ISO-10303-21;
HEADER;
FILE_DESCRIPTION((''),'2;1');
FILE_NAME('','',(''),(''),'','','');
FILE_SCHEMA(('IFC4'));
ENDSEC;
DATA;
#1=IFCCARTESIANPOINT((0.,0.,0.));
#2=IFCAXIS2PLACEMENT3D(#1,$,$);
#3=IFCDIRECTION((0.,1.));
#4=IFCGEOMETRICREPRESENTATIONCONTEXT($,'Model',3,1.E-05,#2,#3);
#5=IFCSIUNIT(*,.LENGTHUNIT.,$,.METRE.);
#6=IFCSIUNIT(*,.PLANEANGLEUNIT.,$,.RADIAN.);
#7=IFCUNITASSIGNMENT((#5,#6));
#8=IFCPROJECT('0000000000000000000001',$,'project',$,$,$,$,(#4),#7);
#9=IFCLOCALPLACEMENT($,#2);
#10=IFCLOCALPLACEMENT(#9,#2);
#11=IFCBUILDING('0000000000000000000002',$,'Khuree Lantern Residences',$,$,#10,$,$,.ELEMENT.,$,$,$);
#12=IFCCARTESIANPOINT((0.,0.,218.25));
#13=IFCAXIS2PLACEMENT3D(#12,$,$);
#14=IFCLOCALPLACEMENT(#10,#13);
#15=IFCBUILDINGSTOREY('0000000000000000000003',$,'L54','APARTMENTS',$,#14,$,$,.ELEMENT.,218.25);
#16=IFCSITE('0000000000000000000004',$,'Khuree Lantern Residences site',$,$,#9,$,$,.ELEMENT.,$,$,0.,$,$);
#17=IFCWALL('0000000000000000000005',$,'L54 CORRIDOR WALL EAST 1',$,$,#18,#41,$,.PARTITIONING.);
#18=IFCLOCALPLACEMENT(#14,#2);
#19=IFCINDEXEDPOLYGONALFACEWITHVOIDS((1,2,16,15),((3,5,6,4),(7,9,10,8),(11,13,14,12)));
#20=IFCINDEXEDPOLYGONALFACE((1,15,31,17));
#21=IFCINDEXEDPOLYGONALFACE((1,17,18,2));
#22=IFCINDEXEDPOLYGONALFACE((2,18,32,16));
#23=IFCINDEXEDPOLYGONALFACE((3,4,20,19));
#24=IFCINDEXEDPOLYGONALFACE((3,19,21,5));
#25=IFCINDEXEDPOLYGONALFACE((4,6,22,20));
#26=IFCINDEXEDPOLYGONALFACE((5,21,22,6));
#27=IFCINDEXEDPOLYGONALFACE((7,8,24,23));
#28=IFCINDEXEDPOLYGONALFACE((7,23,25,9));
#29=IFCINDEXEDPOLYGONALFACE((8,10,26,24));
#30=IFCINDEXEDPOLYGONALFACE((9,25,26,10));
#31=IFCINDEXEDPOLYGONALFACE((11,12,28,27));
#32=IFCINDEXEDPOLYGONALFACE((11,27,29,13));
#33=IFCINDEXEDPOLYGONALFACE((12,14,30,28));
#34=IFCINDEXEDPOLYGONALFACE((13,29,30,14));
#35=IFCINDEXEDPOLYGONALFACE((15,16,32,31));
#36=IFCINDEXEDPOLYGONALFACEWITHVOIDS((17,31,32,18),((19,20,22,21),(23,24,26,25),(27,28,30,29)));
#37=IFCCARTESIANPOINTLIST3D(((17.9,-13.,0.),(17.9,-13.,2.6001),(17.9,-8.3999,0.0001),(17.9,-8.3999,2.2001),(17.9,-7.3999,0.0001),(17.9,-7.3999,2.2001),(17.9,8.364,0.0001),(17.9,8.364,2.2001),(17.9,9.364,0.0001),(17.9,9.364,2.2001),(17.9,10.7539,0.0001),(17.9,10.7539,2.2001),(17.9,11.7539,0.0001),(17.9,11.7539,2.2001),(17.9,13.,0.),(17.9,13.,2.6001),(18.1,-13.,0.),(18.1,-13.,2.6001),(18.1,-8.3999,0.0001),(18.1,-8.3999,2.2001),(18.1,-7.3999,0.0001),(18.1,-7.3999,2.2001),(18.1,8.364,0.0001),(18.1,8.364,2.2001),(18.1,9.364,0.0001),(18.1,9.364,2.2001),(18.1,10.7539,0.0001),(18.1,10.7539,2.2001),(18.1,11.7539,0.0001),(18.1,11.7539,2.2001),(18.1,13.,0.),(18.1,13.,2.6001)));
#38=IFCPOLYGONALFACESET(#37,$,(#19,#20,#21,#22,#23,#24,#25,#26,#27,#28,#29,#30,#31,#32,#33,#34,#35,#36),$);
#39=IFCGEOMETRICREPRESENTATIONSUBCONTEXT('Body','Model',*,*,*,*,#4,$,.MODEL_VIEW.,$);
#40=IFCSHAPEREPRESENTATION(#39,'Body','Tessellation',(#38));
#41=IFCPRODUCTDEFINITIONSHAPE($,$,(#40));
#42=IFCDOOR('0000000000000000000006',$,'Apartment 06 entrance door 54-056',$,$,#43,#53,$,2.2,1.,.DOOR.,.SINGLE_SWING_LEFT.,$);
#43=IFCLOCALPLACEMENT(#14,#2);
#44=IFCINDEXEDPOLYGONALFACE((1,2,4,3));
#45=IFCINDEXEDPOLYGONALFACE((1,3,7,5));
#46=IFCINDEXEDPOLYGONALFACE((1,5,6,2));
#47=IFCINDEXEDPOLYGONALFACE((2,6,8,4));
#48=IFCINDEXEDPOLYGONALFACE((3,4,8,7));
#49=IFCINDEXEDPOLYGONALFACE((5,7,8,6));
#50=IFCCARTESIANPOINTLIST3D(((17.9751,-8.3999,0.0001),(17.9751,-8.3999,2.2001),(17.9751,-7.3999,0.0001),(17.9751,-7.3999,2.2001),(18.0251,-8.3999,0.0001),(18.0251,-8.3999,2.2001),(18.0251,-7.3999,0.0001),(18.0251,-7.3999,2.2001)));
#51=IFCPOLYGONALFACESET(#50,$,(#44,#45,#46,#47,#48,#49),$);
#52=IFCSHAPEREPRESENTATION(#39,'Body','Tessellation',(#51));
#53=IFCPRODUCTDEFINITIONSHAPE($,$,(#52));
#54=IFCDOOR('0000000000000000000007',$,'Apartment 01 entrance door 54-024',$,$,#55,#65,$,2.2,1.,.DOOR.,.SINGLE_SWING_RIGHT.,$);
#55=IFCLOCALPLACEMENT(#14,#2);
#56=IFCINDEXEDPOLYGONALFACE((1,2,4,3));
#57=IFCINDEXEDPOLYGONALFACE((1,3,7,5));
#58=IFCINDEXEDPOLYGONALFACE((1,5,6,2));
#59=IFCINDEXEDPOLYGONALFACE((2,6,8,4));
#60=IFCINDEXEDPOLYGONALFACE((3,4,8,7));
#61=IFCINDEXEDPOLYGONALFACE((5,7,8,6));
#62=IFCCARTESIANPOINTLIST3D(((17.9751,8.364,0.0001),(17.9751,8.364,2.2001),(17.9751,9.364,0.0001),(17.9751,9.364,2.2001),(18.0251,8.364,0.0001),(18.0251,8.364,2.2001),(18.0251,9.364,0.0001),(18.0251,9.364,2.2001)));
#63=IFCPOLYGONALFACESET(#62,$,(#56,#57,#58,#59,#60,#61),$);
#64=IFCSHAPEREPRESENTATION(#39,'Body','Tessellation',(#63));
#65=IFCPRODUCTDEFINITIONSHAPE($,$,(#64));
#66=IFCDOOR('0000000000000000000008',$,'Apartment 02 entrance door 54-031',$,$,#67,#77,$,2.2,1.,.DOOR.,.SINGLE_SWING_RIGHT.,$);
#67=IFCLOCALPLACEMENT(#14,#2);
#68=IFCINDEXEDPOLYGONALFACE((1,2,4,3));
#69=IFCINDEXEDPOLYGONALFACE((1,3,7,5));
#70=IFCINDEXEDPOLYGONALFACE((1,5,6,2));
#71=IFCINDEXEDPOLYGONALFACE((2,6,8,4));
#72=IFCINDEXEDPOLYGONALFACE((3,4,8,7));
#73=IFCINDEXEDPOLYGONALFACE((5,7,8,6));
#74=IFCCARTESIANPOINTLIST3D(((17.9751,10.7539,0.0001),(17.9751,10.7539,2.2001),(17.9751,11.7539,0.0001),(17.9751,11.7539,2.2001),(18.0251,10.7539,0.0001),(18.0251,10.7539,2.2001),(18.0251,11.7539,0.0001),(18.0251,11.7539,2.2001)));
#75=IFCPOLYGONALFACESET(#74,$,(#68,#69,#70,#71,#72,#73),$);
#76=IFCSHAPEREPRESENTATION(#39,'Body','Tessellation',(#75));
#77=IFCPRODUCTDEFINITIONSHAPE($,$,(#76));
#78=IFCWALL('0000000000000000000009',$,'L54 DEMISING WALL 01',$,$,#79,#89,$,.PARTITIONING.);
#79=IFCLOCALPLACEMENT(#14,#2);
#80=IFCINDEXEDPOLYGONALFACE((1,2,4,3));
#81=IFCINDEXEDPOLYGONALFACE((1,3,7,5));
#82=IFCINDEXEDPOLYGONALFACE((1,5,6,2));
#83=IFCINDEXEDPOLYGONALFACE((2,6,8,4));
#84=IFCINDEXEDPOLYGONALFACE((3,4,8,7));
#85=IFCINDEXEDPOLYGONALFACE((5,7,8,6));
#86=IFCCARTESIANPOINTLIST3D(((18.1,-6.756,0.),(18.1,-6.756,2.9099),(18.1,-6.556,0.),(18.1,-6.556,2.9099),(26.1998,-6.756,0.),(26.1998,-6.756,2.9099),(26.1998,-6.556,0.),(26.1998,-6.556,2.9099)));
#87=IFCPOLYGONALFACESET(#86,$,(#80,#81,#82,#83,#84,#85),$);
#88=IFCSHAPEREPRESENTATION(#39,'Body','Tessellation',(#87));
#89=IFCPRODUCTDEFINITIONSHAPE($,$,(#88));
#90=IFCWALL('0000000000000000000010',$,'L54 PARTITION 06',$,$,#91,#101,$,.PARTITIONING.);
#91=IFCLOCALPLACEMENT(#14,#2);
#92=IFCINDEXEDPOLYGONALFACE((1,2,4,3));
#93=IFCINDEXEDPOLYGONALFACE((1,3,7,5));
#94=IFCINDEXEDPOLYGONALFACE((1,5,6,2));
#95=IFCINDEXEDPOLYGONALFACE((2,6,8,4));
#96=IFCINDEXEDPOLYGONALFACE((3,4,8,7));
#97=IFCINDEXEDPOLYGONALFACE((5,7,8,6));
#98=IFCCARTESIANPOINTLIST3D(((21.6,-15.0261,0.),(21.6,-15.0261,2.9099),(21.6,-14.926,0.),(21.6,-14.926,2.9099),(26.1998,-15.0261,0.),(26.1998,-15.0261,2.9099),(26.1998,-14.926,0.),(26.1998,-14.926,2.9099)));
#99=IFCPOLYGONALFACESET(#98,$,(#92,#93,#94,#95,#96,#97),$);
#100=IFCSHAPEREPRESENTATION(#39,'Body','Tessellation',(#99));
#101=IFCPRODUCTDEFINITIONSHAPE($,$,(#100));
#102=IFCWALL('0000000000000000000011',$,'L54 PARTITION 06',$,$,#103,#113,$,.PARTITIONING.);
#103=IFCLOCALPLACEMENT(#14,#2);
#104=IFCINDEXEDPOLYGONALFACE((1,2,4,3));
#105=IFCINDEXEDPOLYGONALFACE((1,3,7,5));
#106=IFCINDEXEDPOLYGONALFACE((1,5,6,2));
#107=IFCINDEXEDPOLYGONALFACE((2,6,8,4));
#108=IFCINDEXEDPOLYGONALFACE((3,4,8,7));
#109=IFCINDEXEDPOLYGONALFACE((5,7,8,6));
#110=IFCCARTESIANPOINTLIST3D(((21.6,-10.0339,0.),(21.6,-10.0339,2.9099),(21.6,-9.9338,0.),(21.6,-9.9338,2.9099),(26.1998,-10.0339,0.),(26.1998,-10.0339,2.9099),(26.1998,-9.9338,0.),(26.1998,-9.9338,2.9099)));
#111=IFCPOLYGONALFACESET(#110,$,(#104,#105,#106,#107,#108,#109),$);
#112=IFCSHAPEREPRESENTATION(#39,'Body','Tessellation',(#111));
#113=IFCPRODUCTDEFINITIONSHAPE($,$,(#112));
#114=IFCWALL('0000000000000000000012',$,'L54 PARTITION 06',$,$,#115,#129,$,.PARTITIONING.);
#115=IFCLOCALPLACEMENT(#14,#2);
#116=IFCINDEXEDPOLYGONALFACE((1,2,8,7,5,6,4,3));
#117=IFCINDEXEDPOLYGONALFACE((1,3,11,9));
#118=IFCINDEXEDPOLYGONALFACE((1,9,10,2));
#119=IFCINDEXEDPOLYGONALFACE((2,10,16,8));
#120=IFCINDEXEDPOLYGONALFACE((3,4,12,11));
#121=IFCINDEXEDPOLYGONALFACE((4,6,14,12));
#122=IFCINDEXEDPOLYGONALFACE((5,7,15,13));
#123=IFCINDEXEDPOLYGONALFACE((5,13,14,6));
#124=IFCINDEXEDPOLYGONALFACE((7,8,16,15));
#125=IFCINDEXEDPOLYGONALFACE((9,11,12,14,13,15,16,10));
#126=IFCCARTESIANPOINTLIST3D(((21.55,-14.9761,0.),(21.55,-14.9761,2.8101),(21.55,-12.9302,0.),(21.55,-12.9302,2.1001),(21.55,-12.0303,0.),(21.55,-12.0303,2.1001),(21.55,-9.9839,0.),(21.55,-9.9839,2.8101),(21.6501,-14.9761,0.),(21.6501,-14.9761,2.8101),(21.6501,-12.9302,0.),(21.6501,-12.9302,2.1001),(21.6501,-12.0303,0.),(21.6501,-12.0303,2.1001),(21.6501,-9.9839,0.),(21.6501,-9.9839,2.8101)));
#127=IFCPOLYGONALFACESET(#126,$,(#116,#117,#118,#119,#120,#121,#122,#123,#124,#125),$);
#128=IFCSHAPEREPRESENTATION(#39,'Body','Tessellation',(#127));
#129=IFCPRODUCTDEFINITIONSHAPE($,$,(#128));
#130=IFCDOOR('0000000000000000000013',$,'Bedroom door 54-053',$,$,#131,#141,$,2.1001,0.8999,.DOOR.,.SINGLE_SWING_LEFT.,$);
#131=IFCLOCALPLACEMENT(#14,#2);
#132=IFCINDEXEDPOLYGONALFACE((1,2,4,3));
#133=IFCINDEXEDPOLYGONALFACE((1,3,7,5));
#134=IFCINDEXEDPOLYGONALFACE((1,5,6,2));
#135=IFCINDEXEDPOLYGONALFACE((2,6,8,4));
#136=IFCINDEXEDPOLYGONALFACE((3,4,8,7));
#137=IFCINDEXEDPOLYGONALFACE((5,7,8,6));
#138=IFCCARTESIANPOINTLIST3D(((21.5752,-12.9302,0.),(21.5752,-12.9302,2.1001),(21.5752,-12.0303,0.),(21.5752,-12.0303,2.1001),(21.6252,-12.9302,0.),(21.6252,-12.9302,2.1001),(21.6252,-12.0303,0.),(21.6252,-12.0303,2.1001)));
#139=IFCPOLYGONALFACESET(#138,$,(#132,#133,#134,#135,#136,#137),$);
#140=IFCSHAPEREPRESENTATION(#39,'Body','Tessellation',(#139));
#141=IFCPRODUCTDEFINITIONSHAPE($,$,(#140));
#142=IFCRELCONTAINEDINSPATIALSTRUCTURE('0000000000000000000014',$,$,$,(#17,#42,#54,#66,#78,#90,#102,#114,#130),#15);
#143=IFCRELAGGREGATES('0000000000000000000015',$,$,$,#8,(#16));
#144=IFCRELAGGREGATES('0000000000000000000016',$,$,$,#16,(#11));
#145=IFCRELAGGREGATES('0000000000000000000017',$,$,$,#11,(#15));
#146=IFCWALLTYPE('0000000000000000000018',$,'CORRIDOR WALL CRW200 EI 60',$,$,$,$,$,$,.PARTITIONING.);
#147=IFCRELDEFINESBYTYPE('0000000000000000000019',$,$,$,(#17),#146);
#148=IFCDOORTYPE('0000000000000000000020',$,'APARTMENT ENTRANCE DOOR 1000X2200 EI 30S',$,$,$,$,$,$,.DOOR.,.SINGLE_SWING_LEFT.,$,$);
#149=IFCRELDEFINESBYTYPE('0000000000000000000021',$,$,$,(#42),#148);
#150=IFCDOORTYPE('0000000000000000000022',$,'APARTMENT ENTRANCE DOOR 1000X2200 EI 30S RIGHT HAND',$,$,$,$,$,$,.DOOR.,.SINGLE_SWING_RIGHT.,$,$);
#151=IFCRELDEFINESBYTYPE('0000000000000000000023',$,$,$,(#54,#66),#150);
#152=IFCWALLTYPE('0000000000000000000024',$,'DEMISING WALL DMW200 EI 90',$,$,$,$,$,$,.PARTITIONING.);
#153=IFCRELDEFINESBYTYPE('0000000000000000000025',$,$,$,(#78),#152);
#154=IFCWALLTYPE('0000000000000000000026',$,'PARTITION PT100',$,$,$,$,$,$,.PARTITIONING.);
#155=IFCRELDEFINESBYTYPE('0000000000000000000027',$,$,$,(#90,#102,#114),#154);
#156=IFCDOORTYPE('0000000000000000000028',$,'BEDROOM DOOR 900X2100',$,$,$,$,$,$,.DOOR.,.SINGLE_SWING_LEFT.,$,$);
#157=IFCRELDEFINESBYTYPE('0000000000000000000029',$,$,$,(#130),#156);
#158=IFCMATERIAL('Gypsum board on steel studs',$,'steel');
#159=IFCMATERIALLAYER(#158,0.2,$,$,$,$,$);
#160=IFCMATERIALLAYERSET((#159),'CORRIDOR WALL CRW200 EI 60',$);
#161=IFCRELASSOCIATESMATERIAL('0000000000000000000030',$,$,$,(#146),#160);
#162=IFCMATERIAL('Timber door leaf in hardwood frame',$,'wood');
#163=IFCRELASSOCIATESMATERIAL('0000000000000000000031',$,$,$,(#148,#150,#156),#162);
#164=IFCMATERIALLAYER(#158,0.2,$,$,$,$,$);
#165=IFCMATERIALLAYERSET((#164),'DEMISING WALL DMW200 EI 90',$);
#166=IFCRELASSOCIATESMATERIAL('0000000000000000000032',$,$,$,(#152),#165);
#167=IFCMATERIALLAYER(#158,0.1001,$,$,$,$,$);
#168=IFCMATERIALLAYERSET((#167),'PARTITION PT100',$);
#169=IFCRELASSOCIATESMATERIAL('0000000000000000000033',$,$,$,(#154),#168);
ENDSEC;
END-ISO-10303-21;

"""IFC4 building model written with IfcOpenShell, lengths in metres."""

from ifc_helpers import new_model, si_unit, direction, frame, frame_2d, origin, place, context, subcontext, project, spatial, rectangle, extrude, material, layer, layer_set, type_object, element, fill, save


model = new_model("IFC4")

# Units and contexts
model_context = context("Model", 3, precision=1e-05, world=origin(), true_north=direction((0.0, 1.0)))
body_context = subcontext(model_context, "Body", "Model", "MODEL_VIEW")
ifc_project = project(units=[si_unit("LENGTHUNIT", "METRE"), si_unit("PLANEANGLEUNIT", "RADIAN")], contexts=[model_context])

# Site, building, storey
site_placement = place(None, origin())
site = spatial("IfcSite", under=ifc_project, at=site_placement, Name="Khuree Lantern Residences site", CompositionType="ELEMENT", RefElevation=0.0)
building_placement = place(site_placement, origin())
building = spatial("IfcBuilding", under=site, at=building_placement, Name="Khuree Lantern Residences", CompositionType="ELEMENT")
storey_placement = place(building_placement, frame((0.0, 0.0, 218.25)))
storey = spatial("IfcBuildingStorey", under=building, at=storey_placement, Name="L54", Description="APARTMENTS", CompositionType="ELEMENT", Elevation=218.25)

# Shared definitions
ifc_material_1 = material(Name="Timber door leaf in hardwood frame", Category="wood")

# Wall, openings, doors
ifc_material_2 = material(Name="Gypsum board on steel studs", Category="steel")
ifc_layer_1 = layer(ifc_material_2, 0.2)
ifc_layer_set_1 = layer_set([ifc_layer_1], Name="CORRIDOR WALL CRW200 EI 60")
wall_type_1 = type_object("IfcWallType", Name="CORRIDOR WALL CRW200 EI 60", PredefinedType="PARTITIONING", material=ifc_layer_set_1)
wall_1_placement = place(storey_placement, frame((18.0, -13.0, 0.0), z_axis=(0.0, 0.0, 1.0), x_axis=(0.0, 1.0, 0.0)))
wall_1 = element("IfcWall", 1, at=wall_1_placement, inside=storey, type_object=wall_type_1, Name="L54 CORRIDOR WALL EAST 1", PredefinedType="PARTITIONING", context=body_context, shape_type="SweptSolid", body=[
    extrude(rectangle(XDim=26.0, YDim=0.2, at=frame_2d((13.0, 0.0))), origin(), (0.0, 0.0, 1.0), 2.6001),
])
opening_1_placement = place(wall_1_placement, frame((21.364, 0.0, 0.0)))
opening_1 = element("IfcOpeningElement", 2, at=opening_1_placement, cuts=wall_1, PredefinedType="OPENING", context=body_context, shape_type="SweptSolid", body=[
    extrude(rectangle(XDim=1.0, YDim=2.2, at=frame_2d((0.5, 1.1001))), frame((0.0, 0.1099, 0.0), z_axis=(0.0, -1.0, 0.0), x_axis=(1.0, 0.0, 0.0)), (0.0, 0.0, 1.0), 0.22),
])
opening_2_placement = place(wall_1_placement, frame((23.7539, 0.0, 0.0)))
opening_2 = element("IfcOpeningElement", 3, at=opening_2_placement, cuts=wall_1, PredefinedType="OPENING", context=body_context, shape_type="SweptSolid", body=[
    extrude(rectangle(XDim=1.0, YDim=2.2, at=frame_2d((0.5, 1.1001))), frame((0.0, 0.1099, 0.0), z_axis=(0.0, -1.0, 0.0), x_axis=(1.0, 0.0, 0.0)), (0.0, 0.0, 1.0), 0.22),
])
opening_3_placement = place(wall_1_placement, frame((4.6001, 0.0, 0.0)))
opening_3 = element("IfcOpeningElement", 4, at=opening_3_placement, cuts=wall_1, PredefinedType="OPENING", context=body_context, shape_type="SweptSolid", body=[
    extrude(rectangle(XDim=1.0, YDim=2.2, at=frame_2d((0.5, 1.1001))), frame((0.0, 0.1099, 0.0), z_axis=(0.0, -1.0, 0.0), x_axis=(1.0, 0.0, 0.0)), (0.0, 0.0, 1.0), 0.22),
])
door_type_1 = type_object("IfcDoorType", Name="APARTMENT ENTRANCE DOOR 1000X2200 EI 30S", OperationType="SINGLE_SWING_LEFT", PredefinedType="DOOR", material=ifc_material_1)
door_1_placement = place(opening_3_placement, origin())
door_1 = element("IfcDoor", 5, at=door_1_placement, inside=storey, type_object=door_type_1, Name="Apartment 06 entrance door 54-056", OperationType="SINGLE_SWING_LEFT", OverallHeight=2.2, OverallWidth=1.0, PredefinedType="DOOR", context=body_context, shape_type="SweptSolid", body=[
    extrude(rectangle(XDim=1.0, YDim=2.2, at=frame_2d((0.5, 1.1001))), frame((0.0, 0.0249, 0.0), z_axis=(0.0, -1.0, 0.0), x_axis=(1.0, 0.0, 0.0)), (0.0, 0.0, 1.0), 0.05),
])
fill(opening_3, door_1)
door_type_2 = type_object("IfcDoorType", Name="APARTMENT ENTRANCE DOOR 1000X2200 EI 30S RIGHT HAND", OperationType="SINGLE_SWING_RIGHT", PredefinedType="DOOR", material=ifc_material_1)
door_2_placement = place(opening_1_placement, origin())
door_2 = element("IfcDoor", 6, at=door_2_placement, inside=storey, type_object=door_type_2, Name="Apartment 01 entrance door 54-024", OperationType="SINGLE_SWING_RIGHT", OverallHeight=2.2, OverallWidth=1.0, PredefinedType="DOOR", context=body_context, shape_type="SweptSolid", body=[
    extrude(rectangle(XDim=1.0, YDim=2.2, at=frame_2d((0.5, 1.1001))), frame((0.0, 0.0249, 0.0), z_axis=(0.0, -1.0, 0.0), x_axis=(1.0, 0.0, 0.0)), (0.0, 0.0, 1.0), 0.05),
])
fill(opening_1, door_2)
door_3_placement = place(opening_2_placement, origin())
door_3 = element("IfcDoor", 7, at=door_3_placement, inside=storey, type_object=door_type_2, Name="Apartment 02 entrance door 54-031", OperationType="SINGLE_SWING_RIGHT", OverallHeight=2.2, OverallWidth=1.0, PredefinedType="DOOR", context=body_context, shape_type="SweptSolid", body=[
    extrude(rectangle(XDim=1.0, YDim=2.2, at=frame_2d((0.5, 1.1001))), frame((0.0, 0.0249, 0.0), z_axis=(0.0, -1.0, 0.0), x_axis=(1.0, 0.0, 0.0)), (0.0, 0.0, 1.0), 0.05),
])
fill(opening_2, door_3)

# Walls
ifc_layer_2 = layer(ifc_material_2, 0.2)
ifc_layer_set_2 = layer_set([ifc_layer_2], Name="DEMISING WALL DMW200 EI 90")
wall_type_2 = type_object("IfcWallType", Name="DEMISING WALL DMW200 EI 90", PredefinedType="PARTITIONING", material=ifc_layer_set_2)
wall_2_placement = place(storey_placement, frame((18.1001, -6.656, 0.0), z_axis=(0.0, 0.0, 1.0), x_axis=(1.0, 0.0, 0.0)))
element("IfcWall", 8, at=wall_2_placement, inside=storey, type_object=wall_type_2, Name="L54 DEMISING WALL 01", PredefinedType="PARTITIONING", context=body_context, shape_type="SweptSolid", body=[
    extrude(rectangle(XDim=8.0999, YDim=0.2, at=frame_2d((4.0498, 0.0))), origin(), (0.0, 0.0, 1.0), 2.9099),
])
ifc_layer_3 = layer(ifc_material_2, 0.1001)
ifc_layer_set_3 = layer_set([ifc_layer_3], Name="PARTITION PT100")
wall_type_3 = type_object("IfcWallType", Name="PARTITION PT100", PredefinedType="PARTITIONING", material=ifc_layer_set_3)
for number, where, z_axis, x_axis, name in (
    (9, (21.6001, -14.9761, 0.0), (0.0, 0.0, 1.0), (1.0, 0.0, 0.0), "L54 PARTITION 06"),
    (10, (21.6001, -9.9839, 0.0), (0.0, 0.0, 1.0), (1.0, 0.0, 0.0), "L54 PARTITION 06"),
):
    element("IfcWall", number, at=place(storey_placement, frame(where, z_axis=z_axis, x_axis=x_axis)), inside=storey, type_object=wall_type_3, Name=name, PredefinedType="PARTITIONING", context=body_context, shape_type="SweptSolid", body=[
        extrude(rectangle(XDim=4.5999, YDim=0.1001, at=frame_2d((2.2998, 0.0))), origin(), (0.0, 0.0, 1.0), 2.9099),
    ])

# Wall, opening, door
wall_3_placement = place(storey_placement, frame((21.6001, -14.9761, 0.0), z_axis=(0.0, 0.0, 1.0), x_axis=(0.0, 1.0, 0.0)))
wall_3 = element("IfcWall", 11, at=wall_3_placement, inside=storey, type_object=wall_type_3, Name="L54 PARTITION 06", PredefinedType="PARTITIONING", context=body_context, shape_type="SweptSolid", body=[
    extrude(rectangle(XDim=4.9922, YDim=0.1001, at=frame_2d((2.4961, 0.0))), origin(), (0.0, 0.0, 1.0), 2.8101),
])
opening_4_placement = place(wall_3_placement, frame((2.0459, 0.0, 0.0)))
opening_4 = element("IfcOpeningElement", 12, at=opening_4_placement, cuts=wall_3, PredefinedType="OPENING", context=body_context, shape_type="SweptSolid", body=[
    extrude(rectangle(XDim=0.8999, YDim=2.1001, at=frame_2d((0.45, 1.05))), frame((0.0, 0.0601, 0.0), z_axis=(0.0, -1.0, 0.0), x_axis=(1.0, 0.0, 0.0)), (0.0, 0.0, 1.0), 0.1201),
])
door_type_3 = type_object("IfcDoorType", Name="BEDROOM DOOR 900X2100", OperationType="SINGLE_SWING_LEFT", PredefinedType="DOOR", material=ifc_material_1)
door_4_placement = place(opening_4_placement, origin())
door_4 = element("IfcDoor", 13, at=door_4_placement, inside=storey, type_object=door_type_3, Name="Bedroom door 54-053", OperationType="SINGLE_SWING_LEFT", OverallHeight=2.1001, OverallWidth=0.8999, PredefinedType="DOOR", context=body_context, shape_type="SweptSolid", body=[
    extrude(rectangle(XDim=0.8999, YDim=2.1001, at=frame_2d((0.45, 1.05))), frame((0.0, 0.0249, 0.0), z_axis=(0.0, -1.0, 0.0), x_axis=(1.0, 0.0, 0.0)), (0.0, 0.0, 1.0), 0.05),
])
fill(opening_4, door_4)

save(model, "model.ifc")
